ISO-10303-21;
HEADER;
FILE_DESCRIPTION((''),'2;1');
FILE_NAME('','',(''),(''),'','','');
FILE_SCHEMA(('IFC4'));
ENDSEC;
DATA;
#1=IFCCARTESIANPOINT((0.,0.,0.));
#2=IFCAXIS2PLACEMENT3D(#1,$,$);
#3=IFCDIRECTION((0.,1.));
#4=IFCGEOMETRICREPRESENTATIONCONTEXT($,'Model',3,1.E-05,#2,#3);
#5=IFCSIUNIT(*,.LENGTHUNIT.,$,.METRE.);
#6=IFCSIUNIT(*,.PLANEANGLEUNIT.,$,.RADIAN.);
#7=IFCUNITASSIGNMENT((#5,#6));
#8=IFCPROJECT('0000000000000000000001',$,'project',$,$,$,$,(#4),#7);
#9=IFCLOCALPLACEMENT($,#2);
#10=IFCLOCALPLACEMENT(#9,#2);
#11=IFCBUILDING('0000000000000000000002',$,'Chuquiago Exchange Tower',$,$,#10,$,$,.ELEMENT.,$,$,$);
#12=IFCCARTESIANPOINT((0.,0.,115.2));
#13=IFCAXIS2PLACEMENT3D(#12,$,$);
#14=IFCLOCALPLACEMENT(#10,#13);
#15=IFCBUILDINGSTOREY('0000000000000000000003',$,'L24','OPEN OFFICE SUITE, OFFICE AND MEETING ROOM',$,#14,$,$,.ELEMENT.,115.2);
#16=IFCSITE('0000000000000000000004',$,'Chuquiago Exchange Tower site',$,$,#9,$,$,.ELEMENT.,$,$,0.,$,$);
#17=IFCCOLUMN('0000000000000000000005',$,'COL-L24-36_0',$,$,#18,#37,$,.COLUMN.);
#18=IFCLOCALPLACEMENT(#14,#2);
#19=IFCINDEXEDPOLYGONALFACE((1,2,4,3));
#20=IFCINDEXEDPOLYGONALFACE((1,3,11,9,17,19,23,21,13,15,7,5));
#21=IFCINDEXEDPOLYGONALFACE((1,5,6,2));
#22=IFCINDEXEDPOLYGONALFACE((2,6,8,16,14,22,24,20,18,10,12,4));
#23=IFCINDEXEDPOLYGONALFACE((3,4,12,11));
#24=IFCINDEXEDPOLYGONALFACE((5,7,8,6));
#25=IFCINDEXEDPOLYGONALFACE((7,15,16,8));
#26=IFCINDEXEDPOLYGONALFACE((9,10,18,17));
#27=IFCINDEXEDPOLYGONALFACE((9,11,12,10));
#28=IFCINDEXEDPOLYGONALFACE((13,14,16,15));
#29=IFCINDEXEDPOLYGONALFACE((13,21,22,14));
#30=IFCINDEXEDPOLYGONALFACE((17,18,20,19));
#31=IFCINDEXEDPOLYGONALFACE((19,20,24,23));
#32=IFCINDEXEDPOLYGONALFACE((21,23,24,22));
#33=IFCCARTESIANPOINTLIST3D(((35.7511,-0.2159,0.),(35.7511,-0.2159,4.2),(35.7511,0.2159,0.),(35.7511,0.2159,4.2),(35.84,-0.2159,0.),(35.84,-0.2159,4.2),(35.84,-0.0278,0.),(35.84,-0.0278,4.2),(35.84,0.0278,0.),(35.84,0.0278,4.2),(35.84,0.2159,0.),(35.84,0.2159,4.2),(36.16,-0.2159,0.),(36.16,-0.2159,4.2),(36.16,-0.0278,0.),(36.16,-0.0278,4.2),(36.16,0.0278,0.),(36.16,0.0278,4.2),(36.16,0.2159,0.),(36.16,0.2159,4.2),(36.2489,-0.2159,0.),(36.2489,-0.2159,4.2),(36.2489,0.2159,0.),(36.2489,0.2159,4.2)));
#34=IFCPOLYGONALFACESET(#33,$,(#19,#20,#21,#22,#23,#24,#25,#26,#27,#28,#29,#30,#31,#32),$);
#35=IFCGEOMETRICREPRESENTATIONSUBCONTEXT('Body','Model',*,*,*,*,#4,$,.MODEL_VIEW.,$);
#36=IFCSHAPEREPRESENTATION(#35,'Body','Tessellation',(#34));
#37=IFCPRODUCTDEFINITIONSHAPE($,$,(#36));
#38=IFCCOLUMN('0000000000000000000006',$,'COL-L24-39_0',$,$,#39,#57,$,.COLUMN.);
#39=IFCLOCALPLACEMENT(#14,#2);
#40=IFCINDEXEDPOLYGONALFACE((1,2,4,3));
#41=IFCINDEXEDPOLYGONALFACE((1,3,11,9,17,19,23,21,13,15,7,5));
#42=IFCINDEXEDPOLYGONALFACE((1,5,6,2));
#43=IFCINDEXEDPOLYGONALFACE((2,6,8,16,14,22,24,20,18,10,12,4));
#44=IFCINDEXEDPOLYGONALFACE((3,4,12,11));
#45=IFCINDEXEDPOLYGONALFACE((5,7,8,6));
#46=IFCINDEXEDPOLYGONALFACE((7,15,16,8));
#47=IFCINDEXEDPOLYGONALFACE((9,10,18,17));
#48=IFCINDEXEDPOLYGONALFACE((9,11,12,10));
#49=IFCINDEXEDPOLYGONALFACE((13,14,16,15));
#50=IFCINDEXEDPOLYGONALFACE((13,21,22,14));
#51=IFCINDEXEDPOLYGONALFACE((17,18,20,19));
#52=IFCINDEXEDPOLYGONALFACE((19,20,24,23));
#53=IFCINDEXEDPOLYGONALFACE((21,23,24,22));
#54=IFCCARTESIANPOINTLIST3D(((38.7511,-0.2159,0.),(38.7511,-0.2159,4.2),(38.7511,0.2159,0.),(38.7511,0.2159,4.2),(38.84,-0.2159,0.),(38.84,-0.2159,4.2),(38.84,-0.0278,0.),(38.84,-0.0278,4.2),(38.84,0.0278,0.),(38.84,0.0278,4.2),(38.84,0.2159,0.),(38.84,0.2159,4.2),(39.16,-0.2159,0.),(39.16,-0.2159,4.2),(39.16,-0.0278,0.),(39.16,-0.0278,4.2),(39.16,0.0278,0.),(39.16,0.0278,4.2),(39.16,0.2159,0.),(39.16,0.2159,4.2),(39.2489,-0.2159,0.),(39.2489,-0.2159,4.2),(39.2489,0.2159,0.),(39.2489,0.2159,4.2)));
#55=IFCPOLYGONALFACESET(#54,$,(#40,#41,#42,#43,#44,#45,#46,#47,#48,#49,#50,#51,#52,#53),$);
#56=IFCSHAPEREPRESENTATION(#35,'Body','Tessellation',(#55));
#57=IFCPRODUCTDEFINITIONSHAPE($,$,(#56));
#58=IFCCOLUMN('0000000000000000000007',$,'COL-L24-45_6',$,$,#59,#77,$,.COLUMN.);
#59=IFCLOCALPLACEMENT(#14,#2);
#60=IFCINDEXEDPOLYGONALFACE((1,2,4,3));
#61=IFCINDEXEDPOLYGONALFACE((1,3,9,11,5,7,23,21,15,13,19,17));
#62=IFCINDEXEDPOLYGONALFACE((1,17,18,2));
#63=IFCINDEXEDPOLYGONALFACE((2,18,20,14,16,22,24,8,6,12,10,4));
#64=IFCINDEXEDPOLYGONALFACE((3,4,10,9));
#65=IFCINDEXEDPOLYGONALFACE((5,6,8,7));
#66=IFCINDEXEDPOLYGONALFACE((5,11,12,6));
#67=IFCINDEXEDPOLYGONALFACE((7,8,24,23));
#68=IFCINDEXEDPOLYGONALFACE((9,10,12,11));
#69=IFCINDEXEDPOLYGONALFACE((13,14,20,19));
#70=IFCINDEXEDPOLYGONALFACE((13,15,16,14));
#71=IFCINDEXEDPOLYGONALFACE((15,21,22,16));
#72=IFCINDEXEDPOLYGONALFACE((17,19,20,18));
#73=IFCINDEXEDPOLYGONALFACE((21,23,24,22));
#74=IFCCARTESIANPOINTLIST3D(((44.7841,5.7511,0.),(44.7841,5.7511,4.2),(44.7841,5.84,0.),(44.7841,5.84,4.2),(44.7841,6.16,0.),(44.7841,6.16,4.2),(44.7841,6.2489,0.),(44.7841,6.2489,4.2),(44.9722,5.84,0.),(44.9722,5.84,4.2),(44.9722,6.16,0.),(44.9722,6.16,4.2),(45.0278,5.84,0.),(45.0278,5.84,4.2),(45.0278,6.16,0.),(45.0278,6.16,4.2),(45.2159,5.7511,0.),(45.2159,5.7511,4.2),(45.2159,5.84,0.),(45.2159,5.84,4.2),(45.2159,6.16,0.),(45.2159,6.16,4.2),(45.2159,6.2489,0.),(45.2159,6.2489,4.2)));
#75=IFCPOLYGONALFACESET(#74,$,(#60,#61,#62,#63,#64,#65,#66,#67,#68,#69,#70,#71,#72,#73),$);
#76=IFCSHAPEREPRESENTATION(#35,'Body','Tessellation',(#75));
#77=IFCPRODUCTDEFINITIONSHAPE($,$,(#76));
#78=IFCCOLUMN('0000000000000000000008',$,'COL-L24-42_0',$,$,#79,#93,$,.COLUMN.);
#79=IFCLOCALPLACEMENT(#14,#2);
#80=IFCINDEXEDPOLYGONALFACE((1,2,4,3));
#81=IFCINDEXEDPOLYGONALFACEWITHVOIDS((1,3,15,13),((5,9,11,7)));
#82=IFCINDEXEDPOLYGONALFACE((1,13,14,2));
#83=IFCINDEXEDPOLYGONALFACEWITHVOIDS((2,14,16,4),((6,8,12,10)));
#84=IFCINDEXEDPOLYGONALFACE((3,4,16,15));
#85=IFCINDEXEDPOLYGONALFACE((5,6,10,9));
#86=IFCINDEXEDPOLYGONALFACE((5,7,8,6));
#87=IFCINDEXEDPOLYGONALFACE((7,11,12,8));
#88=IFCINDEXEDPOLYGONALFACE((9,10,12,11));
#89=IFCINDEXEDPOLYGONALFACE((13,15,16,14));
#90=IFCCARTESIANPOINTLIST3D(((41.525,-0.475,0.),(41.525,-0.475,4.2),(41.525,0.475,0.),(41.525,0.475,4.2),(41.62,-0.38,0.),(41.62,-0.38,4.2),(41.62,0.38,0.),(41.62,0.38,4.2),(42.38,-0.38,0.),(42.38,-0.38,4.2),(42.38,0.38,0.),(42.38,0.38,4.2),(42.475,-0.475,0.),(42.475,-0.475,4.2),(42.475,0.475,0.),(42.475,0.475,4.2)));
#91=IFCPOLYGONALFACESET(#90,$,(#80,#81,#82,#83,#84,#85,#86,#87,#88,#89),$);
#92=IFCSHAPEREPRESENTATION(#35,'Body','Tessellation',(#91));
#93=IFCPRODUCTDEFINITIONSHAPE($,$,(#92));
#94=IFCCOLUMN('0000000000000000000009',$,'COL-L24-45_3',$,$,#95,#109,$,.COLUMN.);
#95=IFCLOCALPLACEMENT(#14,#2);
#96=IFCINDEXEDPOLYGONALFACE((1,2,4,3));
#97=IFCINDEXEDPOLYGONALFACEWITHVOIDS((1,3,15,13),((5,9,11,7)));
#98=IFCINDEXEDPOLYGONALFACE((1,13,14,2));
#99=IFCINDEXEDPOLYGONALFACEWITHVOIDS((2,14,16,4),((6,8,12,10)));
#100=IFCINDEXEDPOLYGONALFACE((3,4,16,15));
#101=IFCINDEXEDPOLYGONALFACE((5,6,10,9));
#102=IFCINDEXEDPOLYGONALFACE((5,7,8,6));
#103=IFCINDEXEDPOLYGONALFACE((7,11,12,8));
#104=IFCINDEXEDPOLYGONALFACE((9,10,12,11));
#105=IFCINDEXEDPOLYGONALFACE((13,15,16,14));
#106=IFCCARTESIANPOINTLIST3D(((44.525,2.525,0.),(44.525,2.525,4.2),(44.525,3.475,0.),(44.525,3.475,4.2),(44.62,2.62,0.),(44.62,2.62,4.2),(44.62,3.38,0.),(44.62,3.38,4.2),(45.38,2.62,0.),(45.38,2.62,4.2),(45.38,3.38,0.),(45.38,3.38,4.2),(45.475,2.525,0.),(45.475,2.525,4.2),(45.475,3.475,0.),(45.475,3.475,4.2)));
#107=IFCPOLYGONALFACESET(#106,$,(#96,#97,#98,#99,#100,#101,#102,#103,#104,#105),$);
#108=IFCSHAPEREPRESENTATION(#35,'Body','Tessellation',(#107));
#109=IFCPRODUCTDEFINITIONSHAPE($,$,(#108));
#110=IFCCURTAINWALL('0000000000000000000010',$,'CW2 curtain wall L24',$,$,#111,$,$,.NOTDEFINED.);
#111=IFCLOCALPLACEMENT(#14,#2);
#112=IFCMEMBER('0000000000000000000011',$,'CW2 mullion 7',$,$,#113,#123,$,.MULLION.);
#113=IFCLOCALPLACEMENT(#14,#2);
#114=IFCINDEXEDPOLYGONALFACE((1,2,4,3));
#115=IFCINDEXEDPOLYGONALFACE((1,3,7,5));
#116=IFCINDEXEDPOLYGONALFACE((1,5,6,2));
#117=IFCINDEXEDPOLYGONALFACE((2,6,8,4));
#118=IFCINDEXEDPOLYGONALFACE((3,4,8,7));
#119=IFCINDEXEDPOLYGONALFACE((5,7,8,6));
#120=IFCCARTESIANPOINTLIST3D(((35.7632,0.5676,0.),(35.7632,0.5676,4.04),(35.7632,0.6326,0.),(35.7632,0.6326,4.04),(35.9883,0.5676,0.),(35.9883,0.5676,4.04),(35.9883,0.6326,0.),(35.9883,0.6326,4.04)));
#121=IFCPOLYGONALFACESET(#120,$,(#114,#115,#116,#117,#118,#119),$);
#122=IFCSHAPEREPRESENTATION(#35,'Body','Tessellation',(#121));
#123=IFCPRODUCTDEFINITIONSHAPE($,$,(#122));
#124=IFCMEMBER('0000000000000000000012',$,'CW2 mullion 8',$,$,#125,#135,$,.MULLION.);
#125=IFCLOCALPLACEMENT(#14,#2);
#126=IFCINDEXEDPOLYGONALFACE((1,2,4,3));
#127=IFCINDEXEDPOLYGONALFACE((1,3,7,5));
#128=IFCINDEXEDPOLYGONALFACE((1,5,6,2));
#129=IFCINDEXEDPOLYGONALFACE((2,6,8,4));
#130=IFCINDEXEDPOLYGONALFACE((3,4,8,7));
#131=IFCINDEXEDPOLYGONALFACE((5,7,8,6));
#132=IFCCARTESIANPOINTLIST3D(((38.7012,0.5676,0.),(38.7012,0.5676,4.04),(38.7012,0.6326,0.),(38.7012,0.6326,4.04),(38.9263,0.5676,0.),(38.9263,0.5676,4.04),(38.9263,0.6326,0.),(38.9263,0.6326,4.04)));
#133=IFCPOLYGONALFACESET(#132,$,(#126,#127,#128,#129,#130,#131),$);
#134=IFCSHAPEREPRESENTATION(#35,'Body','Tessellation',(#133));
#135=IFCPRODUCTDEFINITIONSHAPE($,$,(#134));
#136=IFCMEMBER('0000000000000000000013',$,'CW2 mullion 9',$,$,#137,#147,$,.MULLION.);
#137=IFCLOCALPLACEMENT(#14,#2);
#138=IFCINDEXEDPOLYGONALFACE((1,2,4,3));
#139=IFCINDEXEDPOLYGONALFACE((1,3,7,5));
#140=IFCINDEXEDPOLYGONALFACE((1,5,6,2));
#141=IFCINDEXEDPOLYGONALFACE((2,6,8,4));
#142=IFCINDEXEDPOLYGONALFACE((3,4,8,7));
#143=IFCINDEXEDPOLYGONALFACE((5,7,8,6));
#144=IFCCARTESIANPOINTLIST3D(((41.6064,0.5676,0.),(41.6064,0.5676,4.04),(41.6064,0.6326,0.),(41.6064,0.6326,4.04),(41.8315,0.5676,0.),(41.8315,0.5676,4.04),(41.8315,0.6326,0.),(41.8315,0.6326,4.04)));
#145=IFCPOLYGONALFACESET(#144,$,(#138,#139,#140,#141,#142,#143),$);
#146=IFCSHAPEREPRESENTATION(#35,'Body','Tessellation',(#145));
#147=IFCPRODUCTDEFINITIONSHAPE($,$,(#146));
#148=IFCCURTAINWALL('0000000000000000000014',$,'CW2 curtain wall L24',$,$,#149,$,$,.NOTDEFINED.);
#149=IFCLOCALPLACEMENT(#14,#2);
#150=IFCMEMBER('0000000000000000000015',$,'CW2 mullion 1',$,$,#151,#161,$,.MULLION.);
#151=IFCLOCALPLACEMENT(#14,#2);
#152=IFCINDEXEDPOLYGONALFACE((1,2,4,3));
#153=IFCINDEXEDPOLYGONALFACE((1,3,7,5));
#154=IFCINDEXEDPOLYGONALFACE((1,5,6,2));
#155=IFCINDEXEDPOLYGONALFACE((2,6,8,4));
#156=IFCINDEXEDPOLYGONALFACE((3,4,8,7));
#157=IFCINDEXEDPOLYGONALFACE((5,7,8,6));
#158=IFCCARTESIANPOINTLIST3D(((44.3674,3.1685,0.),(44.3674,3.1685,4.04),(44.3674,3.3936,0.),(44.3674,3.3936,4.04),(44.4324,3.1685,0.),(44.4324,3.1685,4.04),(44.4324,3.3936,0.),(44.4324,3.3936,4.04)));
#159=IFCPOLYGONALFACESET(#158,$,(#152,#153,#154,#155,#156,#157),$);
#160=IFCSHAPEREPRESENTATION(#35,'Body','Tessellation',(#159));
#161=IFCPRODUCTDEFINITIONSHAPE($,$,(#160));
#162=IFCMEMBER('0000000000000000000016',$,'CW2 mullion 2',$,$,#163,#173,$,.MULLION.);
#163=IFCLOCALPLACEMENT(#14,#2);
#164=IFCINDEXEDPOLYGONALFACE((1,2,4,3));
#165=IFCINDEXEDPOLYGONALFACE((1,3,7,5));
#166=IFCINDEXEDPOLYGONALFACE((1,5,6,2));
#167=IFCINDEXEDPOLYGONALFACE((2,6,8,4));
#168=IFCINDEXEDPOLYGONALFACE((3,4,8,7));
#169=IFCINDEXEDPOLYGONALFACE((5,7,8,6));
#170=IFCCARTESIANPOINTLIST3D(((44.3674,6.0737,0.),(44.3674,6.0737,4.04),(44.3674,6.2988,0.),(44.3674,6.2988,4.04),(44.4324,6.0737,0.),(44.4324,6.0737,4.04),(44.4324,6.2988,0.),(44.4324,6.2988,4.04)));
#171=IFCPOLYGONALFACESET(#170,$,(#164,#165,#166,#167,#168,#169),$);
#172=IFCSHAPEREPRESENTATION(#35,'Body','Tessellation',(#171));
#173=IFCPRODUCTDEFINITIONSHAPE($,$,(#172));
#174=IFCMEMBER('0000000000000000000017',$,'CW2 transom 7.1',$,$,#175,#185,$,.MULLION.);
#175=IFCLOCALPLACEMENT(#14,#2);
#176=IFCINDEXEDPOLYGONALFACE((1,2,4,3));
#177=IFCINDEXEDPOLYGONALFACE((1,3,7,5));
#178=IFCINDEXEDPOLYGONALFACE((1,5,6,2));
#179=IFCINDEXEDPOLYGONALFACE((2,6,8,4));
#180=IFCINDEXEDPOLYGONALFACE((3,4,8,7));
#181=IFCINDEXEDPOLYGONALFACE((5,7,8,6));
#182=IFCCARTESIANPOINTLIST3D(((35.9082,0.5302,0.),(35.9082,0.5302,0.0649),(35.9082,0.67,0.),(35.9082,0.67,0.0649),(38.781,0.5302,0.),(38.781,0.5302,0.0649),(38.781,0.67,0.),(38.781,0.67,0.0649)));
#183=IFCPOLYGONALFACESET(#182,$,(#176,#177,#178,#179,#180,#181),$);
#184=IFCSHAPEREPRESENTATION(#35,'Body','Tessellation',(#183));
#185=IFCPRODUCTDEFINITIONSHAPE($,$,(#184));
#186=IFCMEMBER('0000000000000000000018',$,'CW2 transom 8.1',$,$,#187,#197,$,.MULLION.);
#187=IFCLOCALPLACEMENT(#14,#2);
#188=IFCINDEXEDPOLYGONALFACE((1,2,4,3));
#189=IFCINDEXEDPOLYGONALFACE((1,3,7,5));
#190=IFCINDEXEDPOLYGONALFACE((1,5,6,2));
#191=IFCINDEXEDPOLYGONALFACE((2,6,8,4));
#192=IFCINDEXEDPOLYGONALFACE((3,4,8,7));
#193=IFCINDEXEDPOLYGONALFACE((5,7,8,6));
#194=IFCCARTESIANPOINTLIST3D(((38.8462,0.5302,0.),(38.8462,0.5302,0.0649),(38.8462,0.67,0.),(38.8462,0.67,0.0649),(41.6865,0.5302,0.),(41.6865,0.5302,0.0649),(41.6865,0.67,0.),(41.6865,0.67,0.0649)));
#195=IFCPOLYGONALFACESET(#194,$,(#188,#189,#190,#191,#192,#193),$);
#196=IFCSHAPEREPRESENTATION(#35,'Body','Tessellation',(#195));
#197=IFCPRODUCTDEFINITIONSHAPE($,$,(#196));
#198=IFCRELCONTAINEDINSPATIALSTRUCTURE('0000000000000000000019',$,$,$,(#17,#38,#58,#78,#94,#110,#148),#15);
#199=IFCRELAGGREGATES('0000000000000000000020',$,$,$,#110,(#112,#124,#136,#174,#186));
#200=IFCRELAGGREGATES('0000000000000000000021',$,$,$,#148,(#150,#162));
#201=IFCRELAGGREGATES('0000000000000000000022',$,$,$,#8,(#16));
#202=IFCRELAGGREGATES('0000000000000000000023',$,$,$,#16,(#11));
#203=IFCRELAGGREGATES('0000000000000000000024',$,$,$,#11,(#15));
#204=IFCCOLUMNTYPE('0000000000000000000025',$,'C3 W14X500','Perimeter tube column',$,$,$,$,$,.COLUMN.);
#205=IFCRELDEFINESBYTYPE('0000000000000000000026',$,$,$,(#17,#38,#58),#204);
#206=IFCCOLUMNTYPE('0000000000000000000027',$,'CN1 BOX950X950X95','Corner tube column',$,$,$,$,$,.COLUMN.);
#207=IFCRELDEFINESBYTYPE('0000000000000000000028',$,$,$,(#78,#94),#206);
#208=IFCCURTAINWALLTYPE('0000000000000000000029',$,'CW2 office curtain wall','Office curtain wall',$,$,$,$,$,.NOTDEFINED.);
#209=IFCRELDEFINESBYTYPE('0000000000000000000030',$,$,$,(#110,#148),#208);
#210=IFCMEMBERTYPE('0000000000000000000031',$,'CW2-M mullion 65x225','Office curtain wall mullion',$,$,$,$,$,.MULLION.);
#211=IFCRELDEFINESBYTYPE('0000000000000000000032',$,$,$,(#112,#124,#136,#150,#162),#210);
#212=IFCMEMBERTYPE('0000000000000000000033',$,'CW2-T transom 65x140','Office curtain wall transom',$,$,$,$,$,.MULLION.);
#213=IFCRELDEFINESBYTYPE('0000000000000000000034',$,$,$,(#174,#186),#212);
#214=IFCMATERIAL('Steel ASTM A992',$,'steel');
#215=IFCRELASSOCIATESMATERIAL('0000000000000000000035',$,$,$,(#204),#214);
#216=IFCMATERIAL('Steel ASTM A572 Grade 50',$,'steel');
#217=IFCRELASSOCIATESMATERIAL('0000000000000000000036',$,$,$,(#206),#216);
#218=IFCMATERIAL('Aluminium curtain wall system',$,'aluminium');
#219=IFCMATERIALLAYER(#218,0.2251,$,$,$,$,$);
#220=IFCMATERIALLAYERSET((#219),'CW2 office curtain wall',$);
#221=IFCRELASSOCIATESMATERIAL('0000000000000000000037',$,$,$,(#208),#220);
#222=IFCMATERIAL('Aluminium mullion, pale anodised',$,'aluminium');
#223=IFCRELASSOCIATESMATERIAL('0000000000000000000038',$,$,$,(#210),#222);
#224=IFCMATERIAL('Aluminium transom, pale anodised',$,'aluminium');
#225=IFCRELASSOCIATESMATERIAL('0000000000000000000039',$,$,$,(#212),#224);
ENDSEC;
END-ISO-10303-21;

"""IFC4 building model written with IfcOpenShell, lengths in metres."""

from ifc_helpers import new_model, si_unit, direction, frame, origin, origin_2d, place, context, subcontext, project, spatial, rectangle, hollow_rectangle, i_section, extrude, material, layer, layer_set, material_profile, profile_set, type_object, element, aggregate, save


model = new_model("IFC4")

# Units and contexts
model_context = context("Model", 3, precision=1e-05, world=origin(), true_north=direction((0.0, 1.0)))
body_context = subcontext(model_context, "Body", "Model", "MODEL_VIEW")
ifc_project = project(units=[si_unit("LENGTHUNIT", "METRE"), si_unit("PLANEANGLEUNIT", "RADIAN")], contexts=[model_context])

# Site, building, storey
site_placement = place(None, origin())
site = spatial("IfcSite", under=ifc_project, at=site_placement, Name="Chuquiago Exchange Tower site", CompositionType="ELEMENT", RefElevation=0.0)
building_placement = place(site_placement, origin())
building = spatial("IfcBuilding", under=site, at=building_placement, Name="Chuquiago Exchange Tower", CompositionType="ELEMENT")
storey_placement = place(building_placement, frame((0.0, 0.0, 115.2)))
storey = spatial("IfcBuildingStorey", under=building, at=storey_placement, Name="L24", Description="OPEN OFFICE SUITE, OFFICE AND MEETING ROOM", CompositionType="ELEMENT", Elevation=115.2)

# Columns
ifc_material_1 = material(Name="Steel ASTM A992", Category="steel")
ifc_material_profile_1 = material_profile(ifc_material_1, i_section(OverallWidth=0.4319, OverallDepth=0.4978, WebThickness=0.0557, FlangeThickness=0.0889, at=origin_2d()), Name="W14X500")
ifc_profile_set_1 = profile_set([ifc_material_profile_1], Name="Steel ASTM A992")
column_type_1 = type_object("IfcColumnType", Name="C3 W14X500", Description="Perimeter tube column", PredefinedType="COLUMN", material=ifc_profile_set_1)
for number, where, z_axis, x_axis, name in (
    (1, (36.0, 0.0, 0.0), (0.0, 0.0, 1.0), (0.0, -1.0, 0.0), "COL-L24-36_0"),
    (2, (39.0, 0.0, 0.0), (0.0, 0.0, 1.0), (0.0, -1.0, 0.0), "COL-L24-39_0"),
    (3, (45.0, 6.0, 0.0), (0.0, 0.0, 1.0), (1.0, 0.0, 0.0), "COL-L24-45_6"),
):
    element("IfcColumn", number, at=place(storey_placement, frame(where, z_axis=z_axis, x_axis=x_axis)), inside=storey, type_object=column_type_1, Name=name, PredefinedType="COLUMN", context=body_context, shape_type="SweptSolid", body=[
        extrude(i_section(OverallWidth=0.4319, OverallDepth=0.4978, WebThickness=0.0557, FlangeThickness=0.0889, at=origin_2d()), origin(), (0.0, 0.0, 1.0), 4.2),
    ])
ifc_material_2 = material(Name="Steel ASTM A572 Grade 50", Category="steel")
ifc_material_profile_2 = material_profile(ifc_material_2, hollow_rectangle(XDim=0.95, YDim=0.95, WallThickness=0.095, at=origin_2d()), Name="BOX950X950X95")
ifc_profile_set_2 = profile_set([ifc_material_profile_2], Name="Steel ASTM A572 Grade 50")
column_type_2 = type_object("IfcColumnType", Name="CN1 BOX950X950X95", Description="Corner tube column", PredefinedType="COLUMN", material=ifc_profile_set_2)
for number, where, z_axis, x_axis, name in (
    (4, (42.0, 0.0, 0.0), (0.0, 0.0, 1.0), (0.0, -1.0, 0.0), "COL-L24-42_0"),
    (5, (45.0, 3.0, 0.0), (0.0, 0.0, 1.0), (1.0, 0.0, 0.0), "COL-L24-45_3"),
):
    element("IfcColumn", number, at=place(storey_placement, frame(where, z_axis=z_axis, x_axis=x_axis)), inside=storey, type_object=column_type_2, Name=name, PredefinedType="COLUMN", context=body_context, shape_type="SweptSolid", body=[
        extrude(hollow_rectangle(XDim=0.95, YDim=0.95, WallThickness=0.095, at=origin_2d()), origin(), (0.0, 0.0, 1.0), 4.2),
    ])

# Curtain walls, members
ifc_material_3 = material(Name="Aluminium curtain wall system", Category="aluminium")
ifc_layer_1 = layer(ifc_material_3, 0.2251)
ifc_layer_set_1 = layer_set([ifc_layer_1], Name="CW2 office curtain wall")
curtain_wall_type_1 = type_object("IfcCurtainWallType", Name="CW2 office curtain wall", Description="Office curtain wall", PredefinedType="NOTDEFINED", material=ifc_layer_set_1)
curtain_wall_1_placement = place(storey_placement, origin())
curtain_wall_1 = element("IfcCurtainWall", 6, at=curtain_wall_1_placement, inside=storey, type_object=curtain_wall_type_1, Name="CW2 curtain wall L24", PredefinedType="NOTDEFINED")
ifc_material_4 = material(Name="Aluminium mullion, pale anodised", Category="aluminium")
ifc_material_profile_3 = material_profile(ifc_material_4, rectangle(XDim=0.0649, YDim=0.2251, at=origin_2d()), Name="AL 65x225")
ifc_profile_set_3 = profile_set([ifc_material_profile_3], Name="Aluminium mullion, pale anodised")
member_type_1 = type_object("IfcMemberType", Name="CW2-M mullion 65x225", Description="Office curtain wall mullion", PredefinedType="MULLION", material=ifc_profile_set_3)
member_1_placement = place(storey_placement, frame((35.8757, 0.6001, 0.0), z_axis=(0.0, 0.0, 1.0), x_axis=(0.0, 1.0, 0.0)))
member_1 = element("IfcMember", 7, at=member_1_placement, type_object=member_type_1, Name="CW2 mullion 7", PredefinedType="MULLION", context=body_context, shape_type="SweptSolid", body=[
    extrude(rectangle(XDim=0.0649, YDim=0.2251, at=origin_2d()), origin(), (0.0, 0.0, 1.0), 4.04),
])
member_2_placement = place(storey_placement, frame((38.8137, 0.6001, 0.0), z_axis=(0.0, 0.0, 1.0), x_axis=(0.0, 1.0, 0.0)))
member_2 = element("IfcMember", 8, at=member_2_placement, type_object=member_type_1, Name="CW2 mullion 8", PredefinedType="MULLION", context=body_context, shape_type="SweptSolid", body=[
    extrude(rectangle(XDim=0.0649, YDim=0.2251, at=origin_2d()), origin(), (0.0, 0.0, 1.0), 4.04),
])
member_3_placement = place(storey_placement, frame((41.719, 0.6001, 0.0), z_axis=(0.0, 0.0, 1.0), x_axis=(0.0, 1.0, 0.0)))
member_3 = element("IfcMember", 9, at=member_3_placement, type_object=member_type_1, Name="CW2 mullion 9", PredefinedType="MULLION", context=body_context, shape_type="SweptSolid", body=[
    extrude(rectangle(XDim=0.0649, YDim=0.2251, at=origin_2d()), origin(), (0.0, 0.0, 1.0), 4.04),
])
curtain_wall_2_placement = place(storey_placement, origin())
curtain_wall_2 = element("IfcCurtainWall", 10, at=curtain_wall_2_placement, inside=storey, type_object=curtain_wall_type_1, Name="CW2 curtain wall L24", PredefinedType="NOTDEFINED")
member_4_placement = place(storey_placement, frame((44.3999, 3.281, 0.0), z_axis=(0.0, 0.0, 1.0), x_axis=(-1.0, 0.0, 0.0)))
member_4 = element("IfcMember", 11, at=member_4_placement, type_object=member_type_1, Name="CW2 mullion 1", PredefinedType="MULLION", context=body_context, shape_type="SweptSolid", body=[
    extrude(rectangle(XDim=0.0649, YDim=0.2251, at=origin_2d()), origin(), (0.0, 0.0, 1.0), 4.04),
])
member_5_placement = place(storey_placement, frame((44.3999, 6.1863, 0.0), z_axis=(0.0, 0.0, 1.0), x_axis=(-1.0, 0.0, 0.0)))
member_5 = element("IfcMember", 12, at=member_5_placement, type_object=member_type_1, Name="CW2 mullion 2", PredefinedType="MULLION", context=body_context, shape_type="SweptSolid", body=[
    extrude(rectangle(XDim=0.0649, YDim=0.2251, at=origin_2d()), origin(), (0.0, 0.0, 1.0), 4.04),
])

# Members
ifc_material_5 = material(Name="Aluminium transom, pale anodised", Category="aluminium")
ifc_material_profile_4 = material_profile(ifc_material_5, rectangle(XDim=0.1399, YDim=0.0649, at=origin_2d()), Name="AL 140x65")
ifc_profile_set_4 = profile_set([ifc_material_profile_4], Name="Aluminium transom, pale anodised")
member_type_2 = type_object("IfcMemberType", Name="CW2-T transom 65x140", Description="Office curtain wall transom", PredefinedType="MULLION", material=ifc_profile_set_4)
member_6_placement = place(storey_placement, frame((35.9082, 0.6001, 0.0325), z_axis=(1.0, 0.0, 0.0), x_axis=(0.0, 1.0, 0.0)))
member_6 = element("IfcMember", 13, at=member_6_placement, type_object=member_type_2, Name="CW2 transom 7.1", PredefinedType="MULLION", context=body_context, shape_type="SweptSolid", body=[
    extrude(rectangle(XDim=0.1399, YDim=0.0649, at=origin_2d()), origin(), (0.0, 0.0, 1.0), 2.8728),
])
member_7_placement = place(storey_placement, frame((38.8462, 0.6001, 0.0325), z_axis=(1.0, 0.0, 0.0), x_axis=(0.0, 1.0, 0.0)))
member_7 = element("IfcMember", 14, at=member_7_placement, type_object=member_type_2, Name="CW2 transom 8.1", PredefinedType="MULLION", context=body_context, shape_type="SweptSolid", body=[
    extrude(rectangle(XDim=0.1399, YDim=0.0649, at=origin_2d()), origin(), (0.0, 0.0, 1.0), 2.8403),
])

aggregate(curtain_wall_1, [member_1, member_2, member_3, member_6, member_7])
aggregate(curtain_wall_2, [member_4, member_5])

save(model, "model.ifc")
